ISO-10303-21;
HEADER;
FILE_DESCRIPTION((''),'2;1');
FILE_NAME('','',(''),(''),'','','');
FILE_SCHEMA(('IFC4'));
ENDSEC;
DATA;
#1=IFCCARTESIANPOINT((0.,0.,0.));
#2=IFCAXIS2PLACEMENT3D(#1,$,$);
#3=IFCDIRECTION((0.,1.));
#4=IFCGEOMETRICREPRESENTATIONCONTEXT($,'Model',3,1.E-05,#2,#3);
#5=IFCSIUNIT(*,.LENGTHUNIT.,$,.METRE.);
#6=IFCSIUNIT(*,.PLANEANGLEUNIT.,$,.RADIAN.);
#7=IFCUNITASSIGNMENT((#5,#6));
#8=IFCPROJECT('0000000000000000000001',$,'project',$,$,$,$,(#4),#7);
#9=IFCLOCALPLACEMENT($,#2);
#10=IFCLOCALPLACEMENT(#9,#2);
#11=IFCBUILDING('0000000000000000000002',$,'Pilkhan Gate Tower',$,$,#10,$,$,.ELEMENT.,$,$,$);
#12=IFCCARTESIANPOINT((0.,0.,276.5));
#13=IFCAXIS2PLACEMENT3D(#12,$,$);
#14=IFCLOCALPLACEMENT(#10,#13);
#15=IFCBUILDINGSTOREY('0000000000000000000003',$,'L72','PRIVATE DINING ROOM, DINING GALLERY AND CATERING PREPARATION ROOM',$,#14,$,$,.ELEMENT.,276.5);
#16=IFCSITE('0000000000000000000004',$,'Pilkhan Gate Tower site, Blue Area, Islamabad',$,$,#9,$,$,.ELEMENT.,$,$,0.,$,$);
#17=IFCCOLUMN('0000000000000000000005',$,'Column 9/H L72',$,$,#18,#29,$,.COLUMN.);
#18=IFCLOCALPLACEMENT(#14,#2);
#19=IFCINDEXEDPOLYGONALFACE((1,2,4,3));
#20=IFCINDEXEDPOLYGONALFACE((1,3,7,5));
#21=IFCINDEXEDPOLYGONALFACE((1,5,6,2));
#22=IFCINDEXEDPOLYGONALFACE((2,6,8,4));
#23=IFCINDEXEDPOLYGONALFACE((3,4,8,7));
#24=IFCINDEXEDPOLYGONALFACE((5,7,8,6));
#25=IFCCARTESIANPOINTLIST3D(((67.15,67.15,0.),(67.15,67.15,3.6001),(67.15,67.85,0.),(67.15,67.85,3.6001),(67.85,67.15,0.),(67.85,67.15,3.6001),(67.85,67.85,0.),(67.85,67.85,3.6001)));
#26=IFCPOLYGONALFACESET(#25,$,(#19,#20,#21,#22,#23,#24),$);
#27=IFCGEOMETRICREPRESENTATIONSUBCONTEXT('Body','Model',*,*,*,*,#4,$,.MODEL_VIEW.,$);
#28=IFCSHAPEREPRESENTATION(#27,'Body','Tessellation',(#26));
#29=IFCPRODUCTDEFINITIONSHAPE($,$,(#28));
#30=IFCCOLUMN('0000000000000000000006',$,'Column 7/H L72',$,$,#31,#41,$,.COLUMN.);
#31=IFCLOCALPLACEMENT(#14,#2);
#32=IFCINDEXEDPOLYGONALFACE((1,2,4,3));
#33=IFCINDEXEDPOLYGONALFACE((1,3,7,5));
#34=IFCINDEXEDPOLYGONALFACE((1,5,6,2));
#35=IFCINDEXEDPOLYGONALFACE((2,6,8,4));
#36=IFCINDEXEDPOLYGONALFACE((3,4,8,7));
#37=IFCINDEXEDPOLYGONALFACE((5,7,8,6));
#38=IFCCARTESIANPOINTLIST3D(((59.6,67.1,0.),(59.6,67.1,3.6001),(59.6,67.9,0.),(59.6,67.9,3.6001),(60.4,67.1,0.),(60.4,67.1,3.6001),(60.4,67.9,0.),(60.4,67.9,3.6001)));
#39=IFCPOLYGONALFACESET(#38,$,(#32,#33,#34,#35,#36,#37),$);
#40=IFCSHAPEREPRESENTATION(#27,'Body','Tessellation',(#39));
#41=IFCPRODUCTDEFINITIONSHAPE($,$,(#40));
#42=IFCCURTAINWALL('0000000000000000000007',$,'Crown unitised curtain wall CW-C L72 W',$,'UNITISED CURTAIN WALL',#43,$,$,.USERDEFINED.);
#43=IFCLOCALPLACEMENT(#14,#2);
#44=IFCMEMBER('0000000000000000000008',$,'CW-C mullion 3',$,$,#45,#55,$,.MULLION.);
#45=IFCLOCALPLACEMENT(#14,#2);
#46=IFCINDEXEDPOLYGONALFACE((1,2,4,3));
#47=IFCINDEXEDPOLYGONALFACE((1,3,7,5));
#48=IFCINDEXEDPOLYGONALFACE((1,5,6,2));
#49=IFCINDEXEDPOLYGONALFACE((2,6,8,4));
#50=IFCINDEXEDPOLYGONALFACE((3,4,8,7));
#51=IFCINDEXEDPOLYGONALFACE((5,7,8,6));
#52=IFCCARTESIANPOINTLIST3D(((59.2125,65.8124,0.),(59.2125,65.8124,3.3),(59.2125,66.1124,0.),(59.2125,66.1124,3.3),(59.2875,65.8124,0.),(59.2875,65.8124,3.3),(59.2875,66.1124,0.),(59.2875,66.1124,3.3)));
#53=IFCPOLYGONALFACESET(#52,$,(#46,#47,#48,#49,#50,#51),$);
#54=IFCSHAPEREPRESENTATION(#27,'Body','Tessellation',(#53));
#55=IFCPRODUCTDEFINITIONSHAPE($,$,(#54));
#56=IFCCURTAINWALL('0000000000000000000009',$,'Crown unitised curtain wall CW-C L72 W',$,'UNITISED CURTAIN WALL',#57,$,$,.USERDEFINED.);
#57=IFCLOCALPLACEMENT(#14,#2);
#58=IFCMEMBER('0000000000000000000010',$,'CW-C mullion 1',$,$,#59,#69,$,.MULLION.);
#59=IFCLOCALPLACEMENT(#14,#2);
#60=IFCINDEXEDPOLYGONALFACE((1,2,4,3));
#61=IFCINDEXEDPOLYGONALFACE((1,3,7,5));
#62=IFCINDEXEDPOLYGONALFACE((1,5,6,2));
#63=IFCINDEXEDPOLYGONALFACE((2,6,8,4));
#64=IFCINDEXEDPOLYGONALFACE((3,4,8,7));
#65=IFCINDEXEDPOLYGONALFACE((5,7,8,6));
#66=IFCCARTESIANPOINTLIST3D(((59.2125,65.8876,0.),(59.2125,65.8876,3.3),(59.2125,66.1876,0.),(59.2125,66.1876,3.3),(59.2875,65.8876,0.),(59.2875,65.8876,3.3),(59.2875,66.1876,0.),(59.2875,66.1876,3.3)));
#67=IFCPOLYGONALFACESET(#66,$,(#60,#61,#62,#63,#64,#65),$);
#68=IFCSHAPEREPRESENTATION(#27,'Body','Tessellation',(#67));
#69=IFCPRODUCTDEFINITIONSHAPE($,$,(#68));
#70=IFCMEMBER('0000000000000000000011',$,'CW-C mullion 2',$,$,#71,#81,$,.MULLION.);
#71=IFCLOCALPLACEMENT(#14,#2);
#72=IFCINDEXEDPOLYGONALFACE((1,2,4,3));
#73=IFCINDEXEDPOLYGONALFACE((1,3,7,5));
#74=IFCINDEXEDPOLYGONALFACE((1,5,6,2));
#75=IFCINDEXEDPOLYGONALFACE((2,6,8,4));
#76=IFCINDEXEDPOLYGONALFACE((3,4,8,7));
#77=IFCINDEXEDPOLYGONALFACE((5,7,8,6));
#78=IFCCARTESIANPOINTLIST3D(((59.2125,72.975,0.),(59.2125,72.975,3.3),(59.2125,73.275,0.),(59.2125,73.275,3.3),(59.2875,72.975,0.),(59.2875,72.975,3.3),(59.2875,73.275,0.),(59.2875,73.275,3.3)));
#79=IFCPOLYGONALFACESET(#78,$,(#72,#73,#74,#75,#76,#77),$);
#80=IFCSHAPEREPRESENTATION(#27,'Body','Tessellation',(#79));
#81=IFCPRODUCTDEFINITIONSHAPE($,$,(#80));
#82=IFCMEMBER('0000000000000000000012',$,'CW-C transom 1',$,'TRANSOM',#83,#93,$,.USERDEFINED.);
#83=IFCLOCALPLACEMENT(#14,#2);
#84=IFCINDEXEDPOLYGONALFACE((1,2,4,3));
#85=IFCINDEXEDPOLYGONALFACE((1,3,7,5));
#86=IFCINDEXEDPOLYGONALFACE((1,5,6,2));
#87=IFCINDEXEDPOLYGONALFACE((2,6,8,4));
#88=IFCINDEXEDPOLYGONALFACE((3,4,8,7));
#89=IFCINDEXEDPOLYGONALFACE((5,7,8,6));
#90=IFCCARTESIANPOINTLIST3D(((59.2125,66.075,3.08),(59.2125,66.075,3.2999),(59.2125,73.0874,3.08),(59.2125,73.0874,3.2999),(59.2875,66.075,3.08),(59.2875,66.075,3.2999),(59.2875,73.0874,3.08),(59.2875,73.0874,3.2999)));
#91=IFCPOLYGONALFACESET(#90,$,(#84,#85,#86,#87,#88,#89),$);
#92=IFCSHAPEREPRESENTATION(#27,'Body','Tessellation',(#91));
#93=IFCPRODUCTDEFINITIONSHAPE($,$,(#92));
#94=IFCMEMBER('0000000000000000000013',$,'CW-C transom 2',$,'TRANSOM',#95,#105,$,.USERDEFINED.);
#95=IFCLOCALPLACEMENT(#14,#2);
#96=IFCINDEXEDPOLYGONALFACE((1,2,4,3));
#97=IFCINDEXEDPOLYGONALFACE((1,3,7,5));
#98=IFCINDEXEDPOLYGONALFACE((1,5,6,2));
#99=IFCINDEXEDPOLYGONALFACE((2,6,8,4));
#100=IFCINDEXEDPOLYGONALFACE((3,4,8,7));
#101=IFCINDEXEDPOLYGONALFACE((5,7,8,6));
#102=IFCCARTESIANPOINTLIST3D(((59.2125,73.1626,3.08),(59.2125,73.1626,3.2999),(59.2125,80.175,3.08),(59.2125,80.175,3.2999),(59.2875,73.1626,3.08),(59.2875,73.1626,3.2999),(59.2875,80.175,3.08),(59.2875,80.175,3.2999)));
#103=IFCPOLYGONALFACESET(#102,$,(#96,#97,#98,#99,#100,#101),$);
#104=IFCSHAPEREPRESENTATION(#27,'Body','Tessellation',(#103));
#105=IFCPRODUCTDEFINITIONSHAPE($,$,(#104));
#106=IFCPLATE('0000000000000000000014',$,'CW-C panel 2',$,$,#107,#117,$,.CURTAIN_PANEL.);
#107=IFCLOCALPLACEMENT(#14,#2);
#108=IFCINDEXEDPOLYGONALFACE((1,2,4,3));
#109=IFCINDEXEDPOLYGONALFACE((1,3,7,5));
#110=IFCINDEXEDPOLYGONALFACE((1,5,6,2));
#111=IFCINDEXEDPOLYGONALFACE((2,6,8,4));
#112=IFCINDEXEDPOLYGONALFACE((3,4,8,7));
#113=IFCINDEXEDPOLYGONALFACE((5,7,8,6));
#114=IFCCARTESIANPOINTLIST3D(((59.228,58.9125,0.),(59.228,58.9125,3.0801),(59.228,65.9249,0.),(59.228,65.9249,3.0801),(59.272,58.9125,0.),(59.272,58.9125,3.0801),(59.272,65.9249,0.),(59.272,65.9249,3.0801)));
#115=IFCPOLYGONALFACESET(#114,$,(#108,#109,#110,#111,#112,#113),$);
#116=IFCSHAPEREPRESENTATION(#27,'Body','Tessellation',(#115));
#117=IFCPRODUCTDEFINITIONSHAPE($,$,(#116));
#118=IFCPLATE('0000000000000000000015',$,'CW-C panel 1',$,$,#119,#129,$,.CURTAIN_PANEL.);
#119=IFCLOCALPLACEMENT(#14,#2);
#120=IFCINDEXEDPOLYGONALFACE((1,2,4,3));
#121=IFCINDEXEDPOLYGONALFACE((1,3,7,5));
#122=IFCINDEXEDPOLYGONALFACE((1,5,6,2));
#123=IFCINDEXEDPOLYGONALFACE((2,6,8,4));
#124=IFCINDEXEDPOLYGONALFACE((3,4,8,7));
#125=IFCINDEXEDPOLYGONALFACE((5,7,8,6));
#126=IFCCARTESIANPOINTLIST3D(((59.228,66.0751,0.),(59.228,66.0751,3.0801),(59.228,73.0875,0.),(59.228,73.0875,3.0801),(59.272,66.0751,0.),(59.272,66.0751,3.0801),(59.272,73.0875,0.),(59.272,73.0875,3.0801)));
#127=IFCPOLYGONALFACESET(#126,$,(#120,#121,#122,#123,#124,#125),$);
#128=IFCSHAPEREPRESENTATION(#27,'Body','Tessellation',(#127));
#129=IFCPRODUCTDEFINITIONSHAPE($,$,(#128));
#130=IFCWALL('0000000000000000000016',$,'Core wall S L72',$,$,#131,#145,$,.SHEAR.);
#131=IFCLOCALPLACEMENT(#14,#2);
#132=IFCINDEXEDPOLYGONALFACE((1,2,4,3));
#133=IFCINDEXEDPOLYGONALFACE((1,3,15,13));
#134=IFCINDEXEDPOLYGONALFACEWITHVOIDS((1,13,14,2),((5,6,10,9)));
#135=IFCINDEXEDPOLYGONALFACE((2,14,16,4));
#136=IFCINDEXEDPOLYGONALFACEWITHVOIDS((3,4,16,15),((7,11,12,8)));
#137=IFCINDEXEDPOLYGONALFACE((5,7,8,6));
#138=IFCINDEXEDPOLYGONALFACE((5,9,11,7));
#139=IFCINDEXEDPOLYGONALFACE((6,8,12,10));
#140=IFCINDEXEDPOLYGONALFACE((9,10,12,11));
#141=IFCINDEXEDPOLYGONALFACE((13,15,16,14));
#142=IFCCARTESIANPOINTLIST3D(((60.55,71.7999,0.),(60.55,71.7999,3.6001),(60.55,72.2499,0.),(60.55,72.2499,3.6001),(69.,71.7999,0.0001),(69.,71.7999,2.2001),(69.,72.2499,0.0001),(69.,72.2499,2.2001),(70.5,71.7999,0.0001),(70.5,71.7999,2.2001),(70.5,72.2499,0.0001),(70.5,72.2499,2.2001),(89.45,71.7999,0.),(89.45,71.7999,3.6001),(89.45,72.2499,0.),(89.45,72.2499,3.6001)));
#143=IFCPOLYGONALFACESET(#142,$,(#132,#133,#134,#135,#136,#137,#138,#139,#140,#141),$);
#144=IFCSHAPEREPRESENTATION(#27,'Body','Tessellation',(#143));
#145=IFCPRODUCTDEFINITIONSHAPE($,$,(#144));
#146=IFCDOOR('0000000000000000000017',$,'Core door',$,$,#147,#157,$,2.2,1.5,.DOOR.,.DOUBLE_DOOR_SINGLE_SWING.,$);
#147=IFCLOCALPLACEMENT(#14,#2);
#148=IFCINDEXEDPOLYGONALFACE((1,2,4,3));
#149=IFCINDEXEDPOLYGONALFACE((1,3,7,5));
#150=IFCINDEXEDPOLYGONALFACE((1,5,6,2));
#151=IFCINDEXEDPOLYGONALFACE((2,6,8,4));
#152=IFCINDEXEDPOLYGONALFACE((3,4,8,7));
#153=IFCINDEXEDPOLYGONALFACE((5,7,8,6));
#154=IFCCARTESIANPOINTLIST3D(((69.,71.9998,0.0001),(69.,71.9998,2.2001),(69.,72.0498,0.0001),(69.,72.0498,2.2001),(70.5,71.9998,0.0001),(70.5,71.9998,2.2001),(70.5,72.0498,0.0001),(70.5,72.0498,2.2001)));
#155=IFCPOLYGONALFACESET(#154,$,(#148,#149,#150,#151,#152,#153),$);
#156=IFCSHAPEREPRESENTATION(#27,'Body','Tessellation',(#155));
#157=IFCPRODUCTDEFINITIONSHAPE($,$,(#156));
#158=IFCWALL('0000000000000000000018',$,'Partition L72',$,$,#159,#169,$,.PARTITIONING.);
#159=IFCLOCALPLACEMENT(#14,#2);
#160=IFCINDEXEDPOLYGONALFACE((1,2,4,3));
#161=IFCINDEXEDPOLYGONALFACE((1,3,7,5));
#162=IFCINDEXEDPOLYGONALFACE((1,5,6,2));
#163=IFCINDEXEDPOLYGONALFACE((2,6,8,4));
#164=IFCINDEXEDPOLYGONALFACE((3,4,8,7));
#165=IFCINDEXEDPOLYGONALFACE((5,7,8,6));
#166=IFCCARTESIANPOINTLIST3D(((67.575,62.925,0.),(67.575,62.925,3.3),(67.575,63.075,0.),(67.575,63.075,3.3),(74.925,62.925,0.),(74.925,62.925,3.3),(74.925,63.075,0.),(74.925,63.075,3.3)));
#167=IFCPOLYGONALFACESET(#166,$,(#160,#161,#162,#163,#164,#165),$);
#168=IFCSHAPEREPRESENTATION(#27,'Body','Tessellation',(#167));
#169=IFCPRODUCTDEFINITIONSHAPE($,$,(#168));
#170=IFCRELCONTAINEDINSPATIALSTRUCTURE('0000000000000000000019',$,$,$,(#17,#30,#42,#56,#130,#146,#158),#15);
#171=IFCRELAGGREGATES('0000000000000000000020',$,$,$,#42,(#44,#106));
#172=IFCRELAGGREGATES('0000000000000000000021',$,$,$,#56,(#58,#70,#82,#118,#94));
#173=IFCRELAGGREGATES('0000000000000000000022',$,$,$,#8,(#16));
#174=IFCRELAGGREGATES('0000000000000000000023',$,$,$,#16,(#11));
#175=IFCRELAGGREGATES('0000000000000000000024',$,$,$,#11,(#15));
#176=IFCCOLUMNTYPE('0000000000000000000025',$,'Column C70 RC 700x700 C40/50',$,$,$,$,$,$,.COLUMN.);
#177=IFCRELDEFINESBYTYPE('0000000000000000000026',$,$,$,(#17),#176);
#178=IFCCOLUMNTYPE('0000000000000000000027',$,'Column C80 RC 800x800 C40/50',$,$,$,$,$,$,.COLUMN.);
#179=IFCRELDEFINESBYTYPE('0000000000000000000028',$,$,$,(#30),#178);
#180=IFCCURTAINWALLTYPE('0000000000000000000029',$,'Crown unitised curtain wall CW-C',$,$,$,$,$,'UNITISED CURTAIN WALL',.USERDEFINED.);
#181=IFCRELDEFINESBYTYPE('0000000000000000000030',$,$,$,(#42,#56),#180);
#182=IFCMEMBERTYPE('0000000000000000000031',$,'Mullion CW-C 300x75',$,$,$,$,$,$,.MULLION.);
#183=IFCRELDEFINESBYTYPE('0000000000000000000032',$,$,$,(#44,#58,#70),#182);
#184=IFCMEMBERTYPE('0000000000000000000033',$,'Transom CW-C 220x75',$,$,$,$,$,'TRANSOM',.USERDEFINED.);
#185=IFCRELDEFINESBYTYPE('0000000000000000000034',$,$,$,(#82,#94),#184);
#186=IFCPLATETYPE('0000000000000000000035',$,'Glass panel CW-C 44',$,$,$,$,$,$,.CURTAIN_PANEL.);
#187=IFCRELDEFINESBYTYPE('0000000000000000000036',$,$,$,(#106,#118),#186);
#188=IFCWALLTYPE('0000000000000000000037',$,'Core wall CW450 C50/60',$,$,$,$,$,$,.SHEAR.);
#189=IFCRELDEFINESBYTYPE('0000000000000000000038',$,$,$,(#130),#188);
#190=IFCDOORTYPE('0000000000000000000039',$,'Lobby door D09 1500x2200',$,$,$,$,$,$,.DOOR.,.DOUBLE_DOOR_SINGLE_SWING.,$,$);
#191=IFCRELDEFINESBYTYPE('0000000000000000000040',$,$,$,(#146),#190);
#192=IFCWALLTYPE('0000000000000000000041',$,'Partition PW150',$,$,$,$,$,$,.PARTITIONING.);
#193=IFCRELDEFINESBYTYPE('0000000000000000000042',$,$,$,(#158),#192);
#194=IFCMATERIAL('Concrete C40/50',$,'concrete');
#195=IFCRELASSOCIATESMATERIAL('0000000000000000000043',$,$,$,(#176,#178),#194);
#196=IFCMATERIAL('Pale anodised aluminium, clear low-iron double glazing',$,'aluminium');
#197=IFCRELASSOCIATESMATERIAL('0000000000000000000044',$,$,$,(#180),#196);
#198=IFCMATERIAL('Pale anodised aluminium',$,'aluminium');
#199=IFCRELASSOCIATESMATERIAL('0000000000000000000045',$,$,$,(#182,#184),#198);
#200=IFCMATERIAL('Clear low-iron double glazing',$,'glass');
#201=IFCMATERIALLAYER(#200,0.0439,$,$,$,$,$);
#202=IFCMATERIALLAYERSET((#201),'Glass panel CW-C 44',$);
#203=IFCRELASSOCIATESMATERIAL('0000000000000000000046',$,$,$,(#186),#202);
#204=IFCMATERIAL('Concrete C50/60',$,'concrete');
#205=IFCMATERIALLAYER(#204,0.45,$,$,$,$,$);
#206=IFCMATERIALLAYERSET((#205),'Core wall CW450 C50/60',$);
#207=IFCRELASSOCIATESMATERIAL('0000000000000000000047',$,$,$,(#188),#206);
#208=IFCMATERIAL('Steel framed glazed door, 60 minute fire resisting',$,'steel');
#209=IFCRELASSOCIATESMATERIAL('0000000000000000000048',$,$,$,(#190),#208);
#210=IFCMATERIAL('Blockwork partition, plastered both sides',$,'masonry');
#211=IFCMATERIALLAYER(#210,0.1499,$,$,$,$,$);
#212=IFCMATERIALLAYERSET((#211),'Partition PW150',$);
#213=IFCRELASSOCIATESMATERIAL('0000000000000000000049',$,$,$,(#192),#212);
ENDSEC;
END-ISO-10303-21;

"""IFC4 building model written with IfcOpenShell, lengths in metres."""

from ifc_helpers import new_model, si_unit, direction, frame, frame_2d, origin, origin_2d, place, context, subcontext, project, spatial, rectangle, extrude, material, layer, layer_set, material_profile, profile_set, type_object, element, fill, aggregate, save


model = new_model("IFC4")

# Units and contexts
model_context = context("Model", 3, precision=1e-05, world=origin(), true_north=direction((0.0, 1.0)))
body_context = subcontext(model_context, "Body", "Model", "MODEL_VIEW")
ifc_project = project(units=[si_unit("LENGTHUNIT", "METRE"), si_unit("PLANEANGLEUNIT", "RADIAN")], contexts=[model_context])

# Site, building, storey
site_placement = place(None, origin())
site = spatial("IfcSite", under=ifc_project, at=site_placement, Name="Pilkhan Gate Tower site, Blue Area, Islamabad", CompositionType="ELEMENT", RefElevation=0.0)
building_placement = place(site_placement, origin())
building = spatial("IfcBuilding", under=site, at=building_placement, Name="Pilkhan Gate Tower", CompositionType="ELEMENT")
storey_placement = place(building_placement, frame((0.0, 0.0, 276.5)))
storey = spatial("IfcBuildingStorey", under=building, at=storey_placement, Name="L72", Description="PRIVATE DINING ROOM, DINING GALLERY AND CATERING PREPARATION ROOM", CompositionType="ELEMENT", Elevation=276.5)

# Columns
ifc_material_1 = material(Name="Concrete C40/50", Category="concrete")
ifc_material_profile_1 = material_profile(ifc_material_1, rectangle(XDim=0.7, YDim=0.7, at=origin_2d()), Name="RC 700x700")
ifc_profile_set_1 = profile_set([ifc_material_profile_1], Name="Concrete C40/50")
column_type_1 = type_object("IfcColumnType", Name="Column C70 RC 700x700 C40/50", PredefinedType="COLUMN", material=ifc_profile_set_1)
column_1_placement = place(storey_placement, frame((67.5, 67.5, 0.0), z_axis=(0.0, 0.0, 1.0), x_axis=(1.0, 0.0, 0.0)))
element("IfcColumn", 1, at=column_1_placement, inside=storey, type_object=column_type_1, Name="Column 9/H L72", PredefinedType="COLUMN", context=body_context, shape_type="SweptSolid", body=[
    extrude(rectangle(XDim=0.7, YDim=0.7, at=origin_2d()), origin(), (0.0, 0.0, 1.0), 3.6001),
])
ifc_material_profile_2 = material_profile(ifc_material_1, rectangle(XDim=0.8, YDim=0.8, at=origin_2d()), Name="RC 800x800")
ifc_profile_set_2 = profile_set([ifc_material_profile_2], Name="Concrete C40/50")
column_type_2 = type_object("IfcColumnType", Name="Column C80 RC 800x800 C40/50", PredefinedType="COLUMN", material=ifc_profile_set_2)
column_2_placement = place(storey_placement, frame((60.0, 67.5, 0.0), z_axis=(0.0, 0.0, 1.0), x_axis=(1.0, 0.0, 0.0)))
element("IfcColumn", 2, at=column_2_placement, inside=storey, type_object=column_type_2, Name="Column 7/H L72", PredefinedType="COLUMN", context=body_context, shape_type="SweptSolid", body=[
    extrude(rectangle(XDim=0.8, YDim=0.8, at=origin_2d()), origin(), (0.0, 0.0, 1.0), 3.6001),
])

# Curtain wall, member
ifc_material_2 = material(Name="Pale anodised aluminium, clear low-iron double glazing", Category="aluminium")
curtain_wall_type = type_object("IfcCurtainWallType", Name="Crown unitised curtain wall CW-C", ElementType="UNITISED CURTAIN WALL", PredefinedType="USERDEFINED", material=ifc_material_2)
curtain_wall_1_placement = place(storey_placement, origin())
curtain_wall_1 = element("IfcCurtainWall", 3, at=curtain_wall_1_placement, inside=storey, type_object=curtain_wall_type, Name="Crown unitised curtain wall CW-C L72 W", ObjectType="UNITISED CURTAIN WALL", PredefinedType="USERDEFINED")
ifc_material_3 = material(Name="Pale anodised aluminium", Category="aluminium")
ifc_material_profile_3 = material_profile(ifc_material_3, rectangle(XDim=0.075, YDim=0.3, at=origin_2d()), Name="Mullion 300x75")
ifc_profile_set_3 = profile_set([ifc_material_profile_3], Name="Pale anodised aluminium")
member_type_1 = type_object("IfcMemberType", Name="Mullion CW-C 300x75", PredefinedType="MULLION", material=ifc_profile_set_3)
member_1_placement = place(storey_placement, frame((59.25, 65.9624, 0.0), z_axis=(0.0, 0.0, 1.0), x_axis=(-1.0, 0.0, 0.0)))
member_1 = element("IfcMember", 4, at=member_1_placement, type_object=member_type_1, Name="CW-C mullion 3", PredefinedType="MULLION", context=body_context, shape_type="SweptSolid", body=[
    extrude(rectangle(XDim=0.075, YDim=0.3, at=origin_2d()), origin(), (0.0, 0.0, 1.0), 3.3),
])

# Curtain wall, members
curtain_wall_2_placement = place(storey_placement, origin())
curtain_wall_2 = element("IfcCurtainWall", 5, at=curtain_wall_2_placement, inside=storey, type_object=curtain_wall_type, Name="Crown unitised curtain wall CW-C L72 W", ObjectType="UNITISED CURTAIN WALL", PredefinedType="USERDEFINED")
member_2_placement = place(storey_placement, frame((59.25, 66.0376, 0.0), z_axis=(0.0, 0.0, 1.0), x_axis=(-1.0, 0.0, 0.0)))
member_2 = element("IfcMember", 6, at=member_2_placement, type_object=member_type_1, Name="CW-C mullion 1", PredefinedType="MULLION", context=body_context, shape_type="SweptSolid", body=[
    extrude(rectangle(XDim=0.075, YDim=0.3, at=origin_2d()), origin(), (0.0, 0.0, 1.0), 3.3),
])
member_3_placement = place(storey_placement, frame((59.25, 73.125, 0.0), z_axis=(0.0, 0.0, 1.0), x_axis=(-1.0, 0.0, 0.0)))
member_3 = element("IfcMember", 7, at=member_3_placement, type_object=member_type_1, Name="CW-C mullion 2", PredefinedType="MULLION", context=body_context, shape_type="SweptSolid", body=[
    extrude(rectangle(XDim=0.075, YDim=0.3, at=origin_2d()), origin(), (0.0, 0.0, 1.0), 3.3),
])
ifc_material_profile_4 = material_profile(ifc_material_3, rectangle(XDim=0.075, YDim=0.22, at=origin_2d()), Name="Transom 220x75")
ifc_profile_set_4 = profile_set([ifc_material_profile_4], Name="Pale anodised aluminium")
member_type_2 = type_object("IfcMemberType", Name="Transom CW-C 220x75", ElementType="TRANSOM", PredefinedType="USERDEFINED", material=ifc_profile_set_4)
member_4_placement = place(storey_placement, frame((59.25, 66.075, 3.1899), z_axis=(0.0, 1.0, 0.0), x_axis=(-1.0, 0.0, 0.0)))
member_4 = element("IfcMember", 8, at=member_4_placement, type_object=member_type_2, Name="CW-C transom 1", ObjectType="TRANSOM", PredefinedType="USERDEFINED", context=body_context, shape_type="SweptSolid", body=[
    extrude(rectangle(XDim=0.075, YDim=0.22, at=origin_2d()), origin(), (0.0, 0.0, 1.0), 7.0125),
])
member_5_placement = place(storey_placement, frame((59.25, 73.1626, 3.1899), z_axis=(0.0, 1.0, 0.0), x_axis=(-1.0, 0.0, 0.0)))
member_5 = element("IfcMember", 9, at=member_5_placement, type_object=member_type_2, Name="CW-C transom 2", ObjectType="TRANSOM", PredefinedType="USERDEFINED", context=body_context, shape_type="SweptSolid", body=[
    extrude(rectangle(XDim=0.075, YDim=0.22, at=origin_2d()), origin(), (0.0, 0.0, 1.0), 7.0125),
])

# Plates
ifc_material_4 = material(Name="Clear low-iron double glazing", Category="glass")
ifc_layer_1 = layer(ifc_material_4, 0.0439)
ifc_layer_set_1 = layer_set([ifc_layer_1], Name="Glass panel CW-C 44")
plate_type = type_object("IfcPlateType", Name="Glass panel CW-C 44", PredefinedType="CURTAIN_PANEL", material=ifc_layer_set_1)
plate_1_placement = place(storey_placement, frame((59.25, 62.4187, 0.0), z_axis=(0.0, 0.0, 1.0), x_axis=(0.0, 1.0, 0.0)))
plate_1 = element("IfcPlate", 10, at=plate_1_placement, type_object=plate_type, Name="CW-C panel 2", PredefinedType="CURTAIN_PANEL", context=body_context, shape_type="SweptSolid", body=[
    extrude(rectangle(XDim=7.0125, YDim=0.0439, at=origin_2d()), origin(), (0.0, 0.0, 1.0), 3.0801),
])
aggregate(curtain_wall_1, [member_1, plate_1])
plate_2_placement = place(storey_placement, frame((59.25, 69.5813, 0.0), z_axis=(0.0, 0.0, 1.0), x_axis=(0.0, 1.0, 0.0)))
plate_2 = element("IfcPlate", 11, at=plate_2_placement, type_object=plate_type, Name="CW-C panel 1", PredefinedType="CURTAIN_PANEL", context=body_context, shape_type="SweptSolid", body=[
    extrude(rectangle(XDim=7.0125, YDim=0.0439, at=origin_2d()), origin(), (0.0, 0.0, 1.0), 3.0801),
])
aggregate(curtain_wall_2, [member_2, member_3, member_4, plate_2, member_5])

# Wall, opening, door
ifc_material_5 = material(Name="Concrete C50/60", Category="concrete")
ifc_layer_2 = layer(ifc_material_5, 0.45)
ifc_layer_set_2 = layer_set([ifc_layer_2], Name="Core wall CW450 C50/60")
wall_type_1 = type_object("IfcWallType", Name="Core wall CW450 C50/60", PredefinedType="SHEAR", material=ifc_layer_set_2)
wall_1_placement = place(storey_placement, frame((60.55, 72.0249, 0.0), z_axis=(0.0, 0.0, 1.0), x_axis=(1.0, 0.0, 0.0)))
wall_1 = element("IfcWall", 12, at=wall_1_placement, inside=storey, type_object=wall_type_1, Name="Core wall S L72", PredefinedType="SHEAR", context=body_context, shape_type="SweptSolid", body=[
    extrude(rectangle(XDim=28.8999, YDim=0.45, at=frame_2d((14.45, 0.0))), origin(), (0.0, 0.0, 1.0), 3.6001),
])
opening_1_placement = place(wall_1_placement, frame((8.45, 0.0, 0.0)))
opening_1 = element("IfcOpeningElement", 13, at=opening_1_placement, cuts=wall_1, PredefinedType="OPENING", context=body_context, shape_type="SweptSolid", body=[
    extrude(rectangle(XDim=1.5, YDim=2.2, at=frame_2d((0.75, 1.1001))), frame((0.0, 0.2349, 0.0), z_axis=(0.0, -1.0, 0.0), x_axis=(1.0, 0.0, 0.0)), (0.0, 0.0, 1.0), 0.47),
])
ifc_material_6 = material(Name="Steel framed glazed door, 60 minute fire resisting", Category="steel")
door_type_1 = type_object("IfcDoorType", Name="Lobby door D09 1500x2200", OperationType="DOUBLE_DOOR_SINGLE_SWING", PredefinedType="DOOR", material=ifc_material_6)
door_1_placement = place(opening_1_placement, origin())
door_1 = element("IfcDoor", 14, at=door_1_placement, inside=storey, type_object=door_type_1, Name="Core door", OperationType="DOUBLE_DOOR_SINGLE_SWING", OverallHeight=2.2, OverallWidth=1.5, PredefinedType="DOOR", context=body_context, shape_type="SweptSolid", body=[
    extrude(rectangle(XDim=1.5, YDim=2.2, at=frame_2d((0.75, 1.1001))), frame((0.0, 0.0249, 0.0), z_axis=(0.0, -1.0, 0.0), x_axis=(1.0, 0.0, 0.0)), (0.0, 0.0, 1.0), 0.05),
])
fill(opening_1, door_1)

# Wall
ifc_material_7 = material(Name="Blockwork partition, plastered both sides", Category="masonry")
ifc_layer_3 = layer(ifc_material_7, 0.1499)
ifc_layer_set_3 = layer_set([ifc_layer_3], Name="Partition PW150")
wall_type_2 = type_object("IfcWallType", Name="Partition PW150", PredefinedType="PARTITIONING", material=ifc_layer_set_3)
wall_2_placement = place(storey_placement, frame((67.575, 63.0, 0.0), z_axis=(0.0, 0.0, 1.0), x_axis=(1.0, 0.0, 0.0)))
element("IfcWall", 15, at=wall_2_placement, inside=storey, type_object=wall_type_2, Name="Partition L72", PredefinedType="PARTITIONING", context=body_context, shape_type="SweptSolid", body=[
    extrude(rectangle(XDim=7.3501, YDim=0.1499, at=frame_2d((3.675, 0.0))), origin(), (0.0, 0.0, 1.0), 3.3),
])

save(model, "model.ifc")
